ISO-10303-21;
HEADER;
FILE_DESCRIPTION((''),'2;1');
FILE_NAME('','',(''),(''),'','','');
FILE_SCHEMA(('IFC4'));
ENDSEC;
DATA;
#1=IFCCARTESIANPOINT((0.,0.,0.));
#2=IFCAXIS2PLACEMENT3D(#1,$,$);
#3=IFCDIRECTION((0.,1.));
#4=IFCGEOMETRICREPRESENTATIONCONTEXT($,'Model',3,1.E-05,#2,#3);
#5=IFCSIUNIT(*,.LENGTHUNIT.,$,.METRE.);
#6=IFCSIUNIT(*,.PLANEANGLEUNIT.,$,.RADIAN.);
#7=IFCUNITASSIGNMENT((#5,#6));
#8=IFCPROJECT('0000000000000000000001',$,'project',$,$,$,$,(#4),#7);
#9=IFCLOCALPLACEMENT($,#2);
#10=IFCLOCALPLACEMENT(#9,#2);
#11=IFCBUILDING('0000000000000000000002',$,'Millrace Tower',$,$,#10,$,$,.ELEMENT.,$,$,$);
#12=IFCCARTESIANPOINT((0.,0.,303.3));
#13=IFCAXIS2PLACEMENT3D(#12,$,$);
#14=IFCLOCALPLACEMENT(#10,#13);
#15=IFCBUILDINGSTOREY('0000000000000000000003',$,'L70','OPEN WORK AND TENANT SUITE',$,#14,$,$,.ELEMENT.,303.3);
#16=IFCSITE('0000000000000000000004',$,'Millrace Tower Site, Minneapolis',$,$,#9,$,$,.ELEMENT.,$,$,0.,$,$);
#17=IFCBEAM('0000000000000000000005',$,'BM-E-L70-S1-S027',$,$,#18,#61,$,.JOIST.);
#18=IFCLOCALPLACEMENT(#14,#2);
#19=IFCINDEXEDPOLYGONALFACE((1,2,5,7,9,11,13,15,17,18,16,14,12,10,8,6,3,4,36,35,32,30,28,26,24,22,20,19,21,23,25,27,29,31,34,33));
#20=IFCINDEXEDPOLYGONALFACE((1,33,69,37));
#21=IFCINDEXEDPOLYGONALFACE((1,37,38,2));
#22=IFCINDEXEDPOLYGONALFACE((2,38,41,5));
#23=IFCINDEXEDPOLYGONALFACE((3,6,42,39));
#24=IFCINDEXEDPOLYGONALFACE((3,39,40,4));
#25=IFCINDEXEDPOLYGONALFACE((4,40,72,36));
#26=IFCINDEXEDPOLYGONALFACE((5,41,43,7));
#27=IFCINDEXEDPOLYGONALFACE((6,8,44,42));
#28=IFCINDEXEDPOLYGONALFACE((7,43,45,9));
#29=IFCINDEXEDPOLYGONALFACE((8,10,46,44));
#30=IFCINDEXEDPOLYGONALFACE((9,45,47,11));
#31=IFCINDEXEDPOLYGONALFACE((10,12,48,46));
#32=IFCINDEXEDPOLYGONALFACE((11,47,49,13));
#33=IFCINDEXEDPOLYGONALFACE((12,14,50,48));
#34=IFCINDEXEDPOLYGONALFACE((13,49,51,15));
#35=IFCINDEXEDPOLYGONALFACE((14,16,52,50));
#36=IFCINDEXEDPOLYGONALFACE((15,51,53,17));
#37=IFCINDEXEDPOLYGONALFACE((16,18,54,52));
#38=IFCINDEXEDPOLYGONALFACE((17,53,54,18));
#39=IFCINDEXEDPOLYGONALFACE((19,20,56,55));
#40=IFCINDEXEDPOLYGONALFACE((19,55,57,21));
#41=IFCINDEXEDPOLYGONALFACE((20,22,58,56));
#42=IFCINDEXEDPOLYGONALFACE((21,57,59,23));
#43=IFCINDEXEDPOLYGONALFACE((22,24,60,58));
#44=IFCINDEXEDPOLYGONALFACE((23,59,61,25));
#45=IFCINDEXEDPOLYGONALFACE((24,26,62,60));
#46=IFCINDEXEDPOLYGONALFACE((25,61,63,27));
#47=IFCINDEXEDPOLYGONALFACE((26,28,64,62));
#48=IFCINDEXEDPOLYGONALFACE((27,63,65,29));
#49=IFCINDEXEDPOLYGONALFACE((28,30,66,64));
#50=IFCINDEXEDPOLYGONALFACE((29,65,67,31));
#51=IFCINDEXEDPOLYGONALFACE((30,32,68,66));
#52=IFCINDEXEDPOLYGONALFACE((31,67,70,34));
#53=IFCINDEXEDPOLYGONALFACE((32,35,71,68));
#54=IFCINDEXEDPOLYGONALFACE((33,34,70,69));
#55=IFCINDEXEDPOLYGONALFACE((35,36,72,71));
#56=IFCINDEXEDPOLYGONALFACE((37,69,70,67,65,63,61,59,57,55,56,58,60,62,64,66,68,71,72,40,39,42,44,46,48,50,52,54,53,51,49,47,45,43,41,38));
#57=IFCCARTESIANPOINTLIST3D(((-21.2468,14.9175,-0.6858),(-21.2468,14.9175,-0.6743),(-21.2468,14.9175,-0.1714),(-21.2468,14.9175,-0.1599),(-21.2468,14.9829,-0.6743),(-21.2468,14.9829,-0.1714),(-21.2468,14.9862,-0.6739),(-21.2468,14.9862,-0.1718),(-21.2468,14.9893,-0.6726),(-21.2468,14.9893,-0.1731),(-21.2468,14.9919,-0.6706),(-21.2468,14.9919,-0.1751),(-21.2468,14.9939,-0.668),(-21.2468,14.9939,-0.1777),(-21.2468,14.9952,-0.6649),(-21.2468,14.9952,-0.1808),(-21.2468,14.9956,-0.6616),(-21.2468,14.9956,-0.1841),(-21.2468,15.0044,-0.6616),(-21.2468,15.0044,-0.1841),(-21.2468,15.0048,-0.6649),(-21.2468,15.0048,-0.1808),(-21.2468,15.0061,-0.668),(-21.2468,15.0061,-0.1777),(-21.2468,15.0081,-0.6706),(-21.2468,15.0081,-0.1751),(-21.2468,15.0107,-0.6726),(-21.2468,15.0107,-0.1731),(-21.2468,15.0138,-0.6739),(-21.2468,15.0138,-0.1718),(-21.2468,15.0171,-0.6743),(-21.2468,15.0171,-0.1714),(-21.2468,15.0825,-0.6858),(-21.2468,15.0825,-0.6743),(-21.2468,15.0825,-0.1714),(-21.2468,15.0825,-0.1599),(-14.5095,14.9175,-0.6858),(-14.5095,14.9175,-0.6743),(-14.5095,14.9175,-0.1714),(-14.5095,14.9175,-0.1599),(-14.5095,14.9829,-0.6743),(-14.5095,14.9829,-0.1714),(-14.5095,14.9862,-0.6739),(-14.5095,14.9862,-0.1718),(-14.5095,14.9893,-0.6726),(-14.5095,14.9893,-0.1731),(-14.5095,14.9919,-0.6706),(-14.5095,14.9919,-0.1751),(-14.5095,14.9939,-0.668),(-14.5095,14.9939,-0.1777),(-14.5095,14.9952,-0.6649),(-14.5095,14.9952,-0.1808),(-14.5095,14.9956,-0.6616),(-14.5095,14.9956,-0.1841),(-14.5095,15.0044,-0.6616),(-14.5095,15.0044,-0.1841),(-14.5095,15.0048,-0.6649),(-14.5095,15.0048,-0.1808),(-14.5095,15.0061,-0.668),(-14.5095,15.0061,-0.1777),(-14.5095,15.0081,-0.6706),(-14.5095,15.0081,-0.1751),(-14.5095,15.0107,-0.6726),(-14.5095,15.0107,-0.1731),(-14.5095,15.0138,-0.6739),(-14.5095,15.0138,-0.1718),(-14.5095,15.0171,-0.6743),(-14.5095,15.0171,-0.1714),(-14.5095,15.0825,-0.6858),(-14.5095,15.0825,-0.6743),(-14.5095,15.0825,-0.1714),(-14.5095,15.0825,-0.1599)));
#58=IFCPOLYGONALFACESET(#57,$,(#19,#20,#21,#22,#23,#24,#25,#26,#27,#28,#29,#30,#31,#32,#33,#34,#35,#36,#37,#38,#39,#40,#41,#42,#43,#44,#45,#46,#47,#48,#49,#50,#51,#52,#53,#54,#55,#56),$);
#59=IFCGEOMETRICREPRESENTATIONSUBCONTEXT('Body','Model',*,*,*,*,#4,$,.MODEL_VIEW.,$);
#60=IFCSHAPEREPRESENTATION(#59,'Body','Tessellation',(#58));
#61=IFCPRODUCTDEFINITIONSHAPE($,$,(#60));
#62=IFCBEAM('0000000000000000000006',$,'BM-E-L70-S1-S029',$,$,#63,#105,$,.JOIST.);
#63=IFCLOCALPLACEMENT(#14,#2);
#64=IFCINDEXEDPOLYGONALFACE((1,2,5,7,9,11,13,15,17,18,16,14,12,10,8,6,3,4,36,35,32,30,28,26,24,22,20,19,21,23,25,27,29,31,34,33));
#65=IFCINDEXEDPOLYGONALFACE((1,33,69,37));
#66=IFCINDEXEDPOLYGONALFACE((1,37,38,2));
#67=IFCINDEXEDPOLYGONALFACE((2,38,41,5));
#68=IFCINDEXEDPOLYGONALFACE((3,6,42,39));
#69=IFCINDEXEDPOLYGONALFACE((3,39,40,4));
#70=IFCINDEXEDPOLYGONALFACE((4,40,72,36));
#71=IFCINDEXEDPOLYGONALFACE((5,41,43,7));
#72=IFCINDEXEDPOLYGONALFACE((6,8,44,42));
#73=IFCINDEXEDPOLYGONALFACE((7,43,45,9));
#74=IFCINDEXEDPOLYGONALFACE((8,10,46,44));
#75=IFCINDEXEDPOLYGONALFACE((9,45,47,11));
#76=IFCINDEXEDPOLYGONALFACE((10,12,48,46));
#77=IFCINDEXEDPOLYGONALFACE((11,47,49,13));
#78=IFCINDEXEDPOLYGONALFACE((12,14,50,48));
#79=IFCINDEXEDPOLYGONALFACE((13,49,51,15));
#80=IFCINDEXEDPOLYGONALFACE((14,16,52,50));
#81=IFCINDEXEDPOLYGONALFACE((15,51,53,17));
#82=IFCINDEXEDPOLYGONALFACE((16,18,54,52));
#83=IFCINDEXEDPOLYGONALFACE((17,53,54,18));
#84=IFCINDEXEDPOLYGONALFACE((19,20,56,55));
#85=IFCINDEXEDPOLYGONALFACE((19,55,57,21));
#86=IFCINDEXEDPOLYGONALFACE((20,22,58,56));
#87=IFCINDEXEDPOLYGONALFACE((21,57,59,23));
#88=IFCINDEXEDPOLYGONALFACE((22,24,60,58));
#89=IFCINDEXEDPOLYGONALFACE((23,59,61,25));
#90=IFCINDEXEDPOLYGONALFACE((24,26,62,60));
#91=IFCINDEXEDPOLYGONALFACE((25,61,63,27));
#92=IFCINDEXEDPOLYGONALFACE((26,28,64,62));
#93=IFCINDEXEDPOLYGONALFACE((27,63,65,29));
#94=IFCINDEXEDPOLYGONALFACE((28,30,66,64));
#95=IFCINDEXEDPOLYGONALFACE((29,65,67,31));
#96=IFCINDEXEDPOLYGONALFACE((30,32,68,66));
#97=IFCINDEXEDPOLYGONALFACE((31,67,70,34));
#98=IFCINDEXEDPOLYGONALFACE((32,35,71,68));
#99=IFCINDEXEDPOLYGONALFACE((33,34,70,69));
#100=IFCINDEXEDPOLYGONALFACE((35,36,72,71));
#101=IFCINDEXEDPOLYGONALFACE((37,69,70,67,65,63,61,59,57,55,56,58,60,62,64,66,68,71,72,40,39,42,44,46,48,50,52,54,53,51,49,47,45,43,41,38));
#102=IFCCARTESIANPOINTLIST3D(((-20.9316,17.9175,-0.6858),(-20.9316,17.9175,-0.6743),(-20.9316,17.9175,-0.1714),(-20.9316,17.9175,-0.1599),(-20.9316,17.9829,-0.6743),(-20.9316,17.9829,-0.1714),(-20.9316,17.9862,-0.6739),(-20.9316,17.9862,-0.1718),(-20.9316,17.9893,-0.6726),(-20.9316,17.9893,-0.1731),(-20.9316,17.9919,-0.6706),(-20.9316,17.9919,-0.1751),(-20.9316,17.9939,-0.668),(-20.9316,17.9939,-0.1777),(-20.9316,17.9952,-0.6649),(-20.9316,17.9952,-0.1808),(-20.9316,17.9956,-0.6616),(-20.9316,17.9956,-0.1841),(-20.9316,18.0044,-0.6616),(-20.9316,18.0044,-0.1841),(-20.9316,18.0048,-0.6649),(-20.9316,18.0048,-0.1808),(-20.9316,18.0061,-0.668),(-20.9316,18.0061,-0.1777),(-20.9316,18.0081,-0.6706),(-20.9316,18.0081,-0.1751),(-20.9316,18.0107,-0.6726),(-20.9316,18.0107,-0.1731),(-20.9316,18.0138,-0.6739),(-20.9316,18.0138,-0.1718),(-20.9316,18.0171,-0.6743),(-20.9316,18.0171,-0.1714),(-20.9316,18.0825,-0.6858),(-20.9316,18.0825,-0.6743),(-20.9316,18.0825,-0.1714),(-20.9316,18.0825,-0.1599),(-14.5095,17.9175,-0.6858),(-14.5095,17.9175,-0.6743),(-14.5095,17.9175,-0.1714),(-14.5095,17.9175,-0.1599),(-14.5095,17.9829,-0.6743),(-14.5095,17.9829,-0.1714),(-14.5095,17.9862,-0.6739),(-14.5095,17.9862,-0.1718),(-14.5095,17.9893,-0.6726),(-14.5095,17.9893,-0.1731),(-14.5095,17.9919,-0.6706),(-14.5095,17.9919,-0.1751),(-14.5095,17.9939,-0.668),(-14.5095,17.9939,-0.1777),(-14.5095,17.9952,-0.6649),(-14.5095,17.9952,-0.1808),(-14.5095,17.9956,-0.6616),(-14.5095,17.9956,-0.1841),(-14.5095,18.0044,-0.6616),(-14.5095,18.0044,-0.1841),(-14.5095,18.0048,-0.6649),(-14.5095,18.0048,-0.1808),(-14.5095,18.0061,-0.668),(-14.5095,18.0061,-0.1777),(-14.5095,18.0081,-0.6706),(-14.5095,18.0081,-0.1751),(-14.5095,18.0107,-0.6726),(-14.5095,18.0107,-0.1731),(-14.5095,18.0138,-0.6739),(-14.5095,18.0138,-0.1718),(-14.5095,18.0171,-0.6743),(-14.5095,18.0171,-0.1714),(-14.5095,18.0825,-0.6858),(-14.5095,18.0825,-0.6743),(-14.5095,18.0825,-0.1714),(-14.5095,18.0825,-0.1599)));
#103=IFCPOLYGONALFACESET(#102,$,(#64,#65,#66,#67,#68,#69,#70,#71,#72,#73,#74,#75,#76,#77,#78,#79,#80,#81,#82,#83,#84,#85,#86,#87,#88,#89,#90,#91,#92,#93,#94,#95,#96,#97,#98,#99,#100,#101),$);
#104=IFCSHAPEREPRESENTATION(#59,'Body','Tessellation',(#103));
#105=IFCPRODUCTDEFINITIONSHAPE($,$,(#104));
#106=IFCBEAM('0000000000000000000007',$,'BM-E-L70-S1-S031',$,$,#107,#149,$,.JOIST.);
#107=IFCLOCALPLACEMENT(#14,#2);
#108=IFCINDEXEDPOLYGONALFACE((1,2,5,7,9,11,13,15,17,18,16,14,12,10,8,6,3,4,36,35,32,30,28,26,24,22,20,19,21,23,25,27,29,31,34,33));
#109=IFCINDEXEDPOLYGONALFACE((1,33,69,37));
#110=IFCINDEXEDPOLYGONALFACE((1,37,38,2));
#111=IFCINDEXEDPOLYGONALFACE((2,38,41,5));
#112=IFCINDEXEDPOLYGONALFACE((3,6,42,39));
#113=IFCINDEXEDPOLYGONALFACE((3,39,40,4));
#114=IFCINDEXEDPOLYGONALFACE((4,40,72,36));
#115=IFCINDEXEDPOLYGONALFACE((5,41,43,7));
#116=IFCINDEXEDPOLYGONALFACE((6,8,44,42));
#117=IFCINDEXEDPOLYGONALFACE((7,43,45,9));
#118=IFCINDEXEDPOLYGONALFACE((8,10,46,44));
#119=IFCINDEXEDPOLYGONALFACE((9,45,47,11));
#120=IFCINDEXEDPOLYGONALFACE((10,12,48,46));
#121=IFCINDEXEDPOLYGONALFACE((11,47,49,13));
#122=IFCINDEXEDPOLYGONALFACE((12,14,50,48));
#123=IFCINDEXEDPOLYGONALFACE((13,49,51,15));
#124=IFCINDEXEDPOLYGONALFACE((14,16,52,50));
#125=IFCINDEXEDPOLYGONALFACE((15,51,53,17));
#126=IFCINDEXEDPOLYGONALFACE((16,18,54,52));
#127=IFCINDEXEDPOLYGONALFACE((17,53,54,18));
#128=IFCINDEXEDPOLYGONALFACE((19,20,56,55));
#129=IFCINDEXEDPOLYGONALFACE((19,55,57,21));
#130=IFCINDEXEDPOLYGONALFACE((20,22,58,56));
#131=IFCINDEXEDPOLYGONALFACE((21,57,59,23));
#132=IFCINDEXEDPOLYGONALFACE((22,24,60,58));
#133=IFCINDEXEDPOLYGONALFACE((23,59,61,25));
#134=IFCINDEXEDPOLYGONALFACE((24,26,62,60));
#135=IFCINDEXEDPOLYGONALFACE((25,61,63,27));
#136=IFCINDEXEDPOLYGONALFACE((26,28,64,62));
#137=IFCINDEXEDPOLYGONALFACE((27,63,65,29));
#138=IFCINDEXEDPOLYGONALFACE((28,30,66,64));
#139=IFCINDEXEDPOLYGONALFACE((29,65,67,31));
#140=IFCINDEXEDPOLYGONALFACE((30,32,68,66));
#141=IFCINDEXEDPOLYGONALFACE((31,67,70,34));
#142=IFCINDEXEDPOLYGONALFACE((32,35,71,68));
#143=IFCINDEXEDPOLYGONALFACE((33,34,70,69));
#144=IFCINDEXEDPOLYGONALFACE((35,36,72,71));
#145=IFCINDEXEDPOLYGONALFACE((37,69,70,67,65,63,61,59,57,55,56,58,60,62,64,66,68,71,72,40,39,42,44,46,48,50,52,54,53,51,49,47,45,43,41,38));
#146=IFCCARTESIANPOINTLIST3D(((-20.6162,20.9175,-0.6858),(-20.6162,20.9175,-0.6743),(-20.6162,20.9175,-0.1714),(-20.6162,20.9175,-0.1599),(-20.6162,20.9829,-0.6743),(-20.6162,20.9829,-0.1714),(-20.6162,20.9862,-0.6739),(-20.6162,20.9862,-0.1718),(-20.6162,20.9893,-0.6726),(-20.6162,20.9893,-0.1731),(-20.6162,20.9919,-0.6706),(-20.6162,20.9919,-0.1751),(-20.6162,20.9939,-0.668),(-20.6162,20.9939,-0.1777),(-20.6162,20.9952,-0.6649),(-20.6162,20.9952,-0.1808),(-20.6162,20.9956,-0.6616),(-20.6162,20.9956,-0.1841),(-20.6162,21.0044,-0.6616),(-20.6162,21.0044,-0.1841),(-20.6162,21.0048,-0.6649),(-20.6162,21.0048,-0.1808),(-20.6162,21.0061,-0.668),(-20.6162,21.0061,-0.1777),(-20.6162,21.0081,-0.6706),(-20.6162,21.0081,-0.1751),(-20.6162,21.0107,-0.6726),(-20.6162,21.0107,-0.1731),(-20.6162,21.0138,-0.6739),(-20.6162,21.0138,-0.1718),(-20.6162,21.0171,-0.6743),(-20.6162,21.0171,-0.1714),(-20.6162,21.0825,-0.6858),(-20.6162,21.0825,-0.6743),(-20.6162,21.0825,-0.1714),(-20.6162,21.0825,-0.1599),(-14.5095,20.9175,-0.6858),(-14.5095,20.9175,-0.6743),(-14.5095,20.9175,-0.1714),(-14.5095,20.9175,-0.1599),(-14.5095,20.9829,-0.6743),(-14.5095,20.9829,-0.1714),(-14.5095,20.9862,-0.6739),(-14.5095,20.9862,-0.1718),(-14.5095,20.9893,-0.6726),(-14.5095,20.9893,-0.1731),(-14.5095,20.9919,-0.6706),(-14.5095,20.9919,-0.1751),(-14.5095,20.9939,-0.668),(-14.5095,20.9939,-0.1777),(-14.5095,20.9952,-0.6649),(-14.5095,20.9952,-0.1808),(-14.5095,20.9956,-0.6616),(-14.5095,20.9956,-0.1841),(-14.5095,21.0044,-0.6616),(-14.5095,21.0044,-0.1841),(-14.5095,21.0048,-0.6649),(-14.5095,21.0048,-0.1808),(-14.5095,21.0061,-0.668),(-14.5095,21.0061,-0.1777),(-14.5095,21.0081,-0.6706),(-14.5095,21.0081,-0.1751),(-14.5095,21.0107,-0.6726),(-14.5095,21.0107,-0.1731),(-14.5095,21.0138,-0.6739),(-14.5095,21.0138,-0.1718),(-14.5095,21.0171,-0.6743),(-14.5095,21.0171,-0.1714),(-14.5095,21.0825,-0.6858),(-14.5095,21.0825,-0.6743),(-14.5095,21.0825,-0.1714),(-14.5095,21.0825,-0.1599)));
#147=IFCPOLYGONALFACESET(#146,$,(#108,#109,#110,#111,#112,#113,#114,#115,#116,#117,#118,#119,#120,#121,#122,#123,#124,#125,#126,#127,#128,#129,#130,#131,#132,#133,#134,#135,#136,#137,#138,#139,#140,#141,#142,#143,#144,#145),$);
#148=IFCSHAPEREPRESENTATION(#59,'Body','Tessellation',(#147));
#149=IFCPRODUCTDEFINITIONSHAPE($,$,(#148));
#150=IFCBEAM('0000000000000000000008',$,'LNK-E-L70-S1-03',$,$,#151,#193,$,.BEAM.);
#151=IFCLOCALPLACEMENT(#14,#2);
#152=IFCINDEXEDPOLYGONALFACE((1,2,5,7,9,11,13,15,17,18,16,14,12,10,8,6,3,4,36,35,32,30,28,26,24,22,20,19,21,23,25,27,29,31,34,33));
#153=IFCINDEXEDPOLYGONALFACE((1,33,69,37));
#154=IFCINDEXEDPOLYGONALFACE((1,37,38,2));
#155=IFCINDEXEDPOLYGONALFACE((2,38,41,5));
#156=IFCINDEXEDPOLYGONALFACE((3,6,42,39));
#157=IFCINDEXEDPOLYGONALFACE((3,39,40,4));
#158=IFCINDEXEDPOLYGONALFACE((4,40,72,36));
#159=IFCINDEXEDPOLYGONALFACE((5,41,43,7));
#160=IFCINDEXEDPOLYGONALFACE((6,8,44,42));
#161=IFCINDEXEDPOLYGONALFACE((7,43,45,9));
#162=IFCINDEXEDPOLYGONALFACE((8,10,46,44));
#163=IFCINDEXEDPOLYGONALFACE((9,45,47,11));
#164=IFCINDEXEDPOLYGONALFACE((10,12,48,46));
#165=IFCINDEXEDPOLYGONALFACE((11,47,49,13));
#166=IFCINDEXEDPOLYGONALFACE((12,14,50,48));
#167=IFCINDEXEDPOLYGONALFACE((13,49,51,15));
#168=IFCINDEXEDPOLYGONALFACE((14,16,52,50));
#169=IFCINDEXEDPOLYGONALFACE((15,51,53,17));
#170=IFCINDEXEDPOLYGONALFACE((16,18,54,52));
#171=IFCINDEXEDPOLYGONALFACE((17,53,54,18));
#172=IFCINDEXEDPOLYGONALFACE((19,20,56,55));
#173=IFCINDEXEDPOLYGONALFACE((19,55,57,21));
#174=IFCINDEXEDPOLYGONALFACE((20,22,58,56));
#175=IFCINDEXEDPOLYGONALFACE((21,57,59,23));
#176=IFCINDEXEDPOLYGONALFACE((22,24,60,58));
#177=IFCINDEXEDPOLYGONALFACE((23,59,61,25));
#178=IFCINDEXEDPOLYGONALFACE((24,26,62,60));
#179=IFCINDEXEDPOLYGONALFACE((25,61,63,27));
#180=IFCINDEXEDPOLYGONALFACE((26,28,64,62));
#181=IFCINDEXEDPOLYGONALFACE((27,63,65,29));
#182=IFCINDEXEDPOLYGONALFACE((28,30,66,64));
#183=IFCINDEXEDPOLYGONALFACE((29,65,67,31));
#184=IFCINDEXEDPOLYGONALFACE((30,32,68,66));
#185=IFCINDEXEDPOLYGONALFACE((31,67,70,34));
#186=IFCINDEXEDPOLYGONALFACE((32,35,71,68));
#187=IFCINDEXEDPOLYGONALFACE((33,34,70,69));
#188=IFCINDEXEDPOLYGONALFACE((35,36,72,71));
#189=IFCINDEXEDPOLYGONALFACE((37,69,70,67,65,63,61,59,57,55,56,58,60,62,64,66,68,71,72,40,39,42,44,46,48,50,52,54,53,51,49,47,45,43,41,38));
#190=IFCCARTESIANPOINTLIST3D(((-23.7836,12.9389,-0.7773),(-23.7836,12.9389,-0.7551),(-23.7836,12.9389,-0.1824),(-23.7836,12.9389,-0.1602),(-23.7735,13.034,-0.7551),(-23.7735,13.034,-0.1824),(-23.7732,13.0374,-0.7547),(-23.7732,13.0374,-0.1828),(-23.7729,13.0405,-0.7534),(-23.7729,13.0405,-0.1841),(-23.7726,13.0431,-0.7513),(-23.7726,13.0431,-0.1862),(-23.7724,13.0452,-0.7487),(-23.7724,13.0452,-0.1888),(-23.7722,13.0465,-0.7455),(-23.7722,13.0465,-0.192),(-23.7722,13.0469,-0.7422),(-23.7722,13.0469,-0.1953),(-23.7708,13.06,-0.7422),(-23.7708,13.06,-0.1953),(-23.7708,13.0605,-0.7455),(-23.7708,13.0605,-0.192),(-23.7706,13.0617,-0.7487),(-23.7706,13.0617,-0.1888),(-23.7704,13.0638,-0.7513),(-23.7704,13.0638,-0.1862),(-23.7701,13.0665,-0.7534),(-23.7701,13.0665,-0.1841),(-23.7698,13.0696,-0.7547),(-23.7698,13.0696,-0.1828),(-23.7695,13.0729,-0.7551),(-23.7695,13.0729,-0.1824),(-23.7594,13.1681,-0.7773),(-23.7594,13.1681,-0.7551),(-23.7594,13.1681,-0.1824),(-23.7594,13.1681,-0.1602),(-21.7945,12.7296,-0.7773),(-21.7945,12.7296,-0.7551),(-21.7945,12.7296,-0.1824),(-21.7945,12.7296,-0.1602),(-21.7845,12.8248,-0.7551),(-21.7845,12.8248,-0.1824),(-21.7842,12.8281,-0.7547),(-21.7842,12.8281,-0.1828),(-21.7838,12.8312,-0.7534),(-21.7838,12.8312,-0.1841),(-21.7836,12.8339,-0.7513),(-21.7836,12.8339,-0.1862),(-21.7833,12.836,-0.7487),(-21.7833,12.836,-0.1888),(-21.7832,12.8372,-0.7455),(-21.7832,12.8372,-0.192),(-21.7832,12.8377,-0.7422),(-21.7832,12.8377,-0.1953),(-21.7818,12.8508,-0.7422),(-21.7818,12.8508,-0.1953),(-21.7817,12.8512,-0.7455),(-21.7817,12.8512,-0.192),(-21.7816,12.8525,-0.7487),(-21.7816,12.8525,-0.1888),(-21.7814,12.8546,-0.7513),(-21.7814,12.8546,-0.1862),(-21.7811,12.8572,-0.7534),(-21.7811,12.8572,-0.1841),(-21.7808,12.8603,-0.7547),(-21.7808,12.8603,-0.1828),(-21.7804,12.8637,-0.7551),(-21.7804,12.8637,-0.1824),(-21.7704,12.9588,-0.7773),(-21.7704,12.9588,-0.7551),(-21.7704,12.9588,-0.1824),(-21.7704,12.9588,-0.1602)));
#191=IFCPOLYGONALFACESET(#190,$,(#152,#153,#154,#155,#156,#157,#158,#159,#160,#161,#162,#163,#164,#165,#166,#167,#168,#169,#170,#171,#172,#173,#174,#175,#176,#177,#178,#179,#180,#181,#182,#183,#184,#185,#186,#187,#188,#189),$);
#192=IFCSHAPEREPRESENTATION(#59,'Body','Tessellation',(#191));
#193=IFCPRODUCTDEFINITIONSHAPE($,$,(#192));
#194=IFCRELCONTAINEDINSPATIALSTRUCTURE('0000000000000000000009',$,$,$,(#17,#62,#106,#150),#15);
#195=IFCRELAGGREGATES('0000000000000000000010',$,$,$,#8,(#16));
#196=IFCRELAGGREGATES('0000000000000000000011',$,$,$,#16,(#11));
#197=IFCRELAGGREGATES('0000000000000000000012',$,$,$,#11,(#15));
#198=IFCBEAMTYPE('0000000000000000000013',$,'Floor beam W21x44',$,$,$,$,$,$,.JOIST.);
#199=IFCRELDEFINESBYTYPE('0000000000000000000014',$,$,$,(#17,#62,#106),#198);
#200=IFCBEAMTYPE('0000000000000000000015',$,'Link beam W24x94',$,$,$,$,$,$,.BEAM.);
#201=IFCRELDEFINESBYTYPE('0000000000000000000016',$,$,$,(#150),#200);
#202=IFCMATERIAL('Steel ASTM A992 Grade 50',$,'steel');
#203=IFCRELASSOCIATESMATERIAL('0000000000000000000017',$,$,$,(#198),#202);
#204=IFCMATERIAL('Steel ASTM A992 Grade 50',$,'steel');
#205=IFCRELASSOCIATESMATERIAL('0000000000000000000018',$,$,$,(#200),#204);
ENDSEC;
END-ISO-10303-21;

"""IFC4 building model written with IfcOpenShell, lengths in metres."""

from ifc_helpers import new_model, si_unit, direction, frame, origin, origin_2d, place, context, subcontext, project, spatial, i_section, extrude, material, material_profile, profile_set, type_object, element, save


model = new_model("IFC4")

# Units and contexts
model_context = context("Model", 3, precision=1e-05, world=origin(), true_north=direction((0.0, 1.0)))
body_context = subcontext(model_context, "Body", "Model", "MODEL_VIEW")
ifc_project = project(units=[si_unit("LENGTHUNIT", "METRE"), si_unit("PLANEANGLEUNIT", "RADIAN")], contexts=[model_context])

# Site, building, storey
site_placement = place(None, origin())
site = spatial("IfcSite", under=ifc_project, at=site_placement, Name="Millrace Tower Site, Minneapolis", CompositionType="ELEMENT", RefElevation=0.0)
building_placement = place(site_placement, origin())
building = spatial("IfcBuilding", under=site, at=building_placement, Name="Millrace Tower", CompositionType="ELEMENT")
storey_placement = place(building_placement, frame((0.0, 0.0, 303.3)))
storey = spatial("IfcBuildingStorey", under=building, at=storey_placement, Name="L70", Description="OPEN WORK AND TENANT SUITE", CompositionType="ELEMENT", Elevation=303.3)

# Beams
ifc_material_1 = material(Name="Steel ASTM A992 Grade 50", Category="steel")
ifc_material_profile_1 = material_profile(ifc_material_1, i_section(OverallWidth=0.165, OverallDepth=0.5259, WebThickness=0.0088, FlangeThickness=0.0115, FilletRadius=0.0127, at=origin_2d()))
ifc_profile_set_1 = profile_set([ifc_material_profile_1], Name="Steel ASTM A992 Grade 50")
beam_type_1 = type_object("IfcBeamType", Name="Floor beam W21x44", PredefinedType="JOIST", material=ifc_profile_set_1)
beam_1_placement = place(storey_placement, frame((-21.2468, 15.0, -0.4229), z_axis=(1.0, 0.0, 0.0), x_axis=(0.0, 1.0, 0.0)))
element("IfcBeam", 1, at=beam_1_placement, inside=storey, type_object=beam_type_1, Name="BM-E-L70-S1-S027", PredefinedType="JOIST", context=body_context, shape_type="SweptSolid", body=[
    extrude(i_section(OverallWidth=0.165, OverallDepth=0.5259, WebThickness=0.0088, FlangeThickness=0.0115, FilletRadius=0.0127, at=origin_2d()), origin(), (0.0, 0.0, 1.0), 6.7373),
])
beam_2_placement = place(storey_placement, frame((-20.9316, 18.0, -0.4229), z_axis=(1.0, 0.0, 0.0), x_axis=(0.0, 1.0, 0.0)))
element("IfcBeam", 2, at=beam_2_placement, inside=storey, type_object=beam_type_1, Name="BM-E-L70-S1-S029", PredefinedType="JOIST", context=body_context, shape_type="SweptSolid", body=[
    extrude(i_section(OverallWidth=0.165, OverallDepth=0.5259, WebThickness=0.0088, FlangeThickness=0.0115, FilletRadius=0.0127, at=origin_2d()), origin(), (0.0, 0.0, 1.0), 6.4221),
])
beam_3_placement = place(storey_placement, frame((-20.6162, 21.0, -0.4229), z_axis=(1.0, 0.0, 0.0), x_axis=(0.0, 1.0, 0.0)))
element("IfcBeam", 3, at=beam_3_placement, inside=storey, type_object=beam_type_1, Name="BM-E-L70-S1-S031", PredefinedType="JOIST", context=body_context, shape_type="SweptSolid", body=[
    extrude(i_section(OverallWidth=0.165, OverallDepth=0.5259, WebThickness=0.0088, FlangeThickness=0.0115, FilletRadius=0.0127, at=origin_2d()), origin(), (0.0, 0.0, 1.0), 6.1067),
])
ifc_material_2 = material(Name="Steel ASTM A992 Grade 50", Category="steel")
ifc_material_profile_2 = material_profile(ifc_material_2, i_section(OverallWidth=0.2305, OverallDepth=0.6172, WebThickness=0.0132, FlangeThickness=0.0222, FilletRadius=0.0129, at=origin_2d()))
ifc_profile_set_2 = profile_set([ifc_material_profile_2], Name="Steel ASTM A992 Grade 50")
beam_type_2 = type_object("IfcBeamType", Name="Link beam W24x94", PredefinedType="BEAM", material=ifc_profile_set_2)
beam_4_placement = place(storey_placement, frame((-21.7825, 12.8442, -0.4688), z_axis=(-0.994513, 0.104615, 0.0), x_axis=(-0.104615, -0.994513, 0.0)))
element("IfcBeam", 4, at=beam_4_placement, inside=storey, type_object=beam_type_2, Name="LNK-E-L70-S1-03", PredefinedType="BEAM", context=body_context, shape_type="SweptSolid", body=[
    extrude(i_section(OverallWidth=0.2305, OverallDepth=0.6172, WebThickness=0.0132, FlangeThickness=0.0222, FilletRadius=0.0129, at=origin_2d()), origin(), (0.0, 0.0, 1.0), 2.0),
])

save(model, "model.ifc")
